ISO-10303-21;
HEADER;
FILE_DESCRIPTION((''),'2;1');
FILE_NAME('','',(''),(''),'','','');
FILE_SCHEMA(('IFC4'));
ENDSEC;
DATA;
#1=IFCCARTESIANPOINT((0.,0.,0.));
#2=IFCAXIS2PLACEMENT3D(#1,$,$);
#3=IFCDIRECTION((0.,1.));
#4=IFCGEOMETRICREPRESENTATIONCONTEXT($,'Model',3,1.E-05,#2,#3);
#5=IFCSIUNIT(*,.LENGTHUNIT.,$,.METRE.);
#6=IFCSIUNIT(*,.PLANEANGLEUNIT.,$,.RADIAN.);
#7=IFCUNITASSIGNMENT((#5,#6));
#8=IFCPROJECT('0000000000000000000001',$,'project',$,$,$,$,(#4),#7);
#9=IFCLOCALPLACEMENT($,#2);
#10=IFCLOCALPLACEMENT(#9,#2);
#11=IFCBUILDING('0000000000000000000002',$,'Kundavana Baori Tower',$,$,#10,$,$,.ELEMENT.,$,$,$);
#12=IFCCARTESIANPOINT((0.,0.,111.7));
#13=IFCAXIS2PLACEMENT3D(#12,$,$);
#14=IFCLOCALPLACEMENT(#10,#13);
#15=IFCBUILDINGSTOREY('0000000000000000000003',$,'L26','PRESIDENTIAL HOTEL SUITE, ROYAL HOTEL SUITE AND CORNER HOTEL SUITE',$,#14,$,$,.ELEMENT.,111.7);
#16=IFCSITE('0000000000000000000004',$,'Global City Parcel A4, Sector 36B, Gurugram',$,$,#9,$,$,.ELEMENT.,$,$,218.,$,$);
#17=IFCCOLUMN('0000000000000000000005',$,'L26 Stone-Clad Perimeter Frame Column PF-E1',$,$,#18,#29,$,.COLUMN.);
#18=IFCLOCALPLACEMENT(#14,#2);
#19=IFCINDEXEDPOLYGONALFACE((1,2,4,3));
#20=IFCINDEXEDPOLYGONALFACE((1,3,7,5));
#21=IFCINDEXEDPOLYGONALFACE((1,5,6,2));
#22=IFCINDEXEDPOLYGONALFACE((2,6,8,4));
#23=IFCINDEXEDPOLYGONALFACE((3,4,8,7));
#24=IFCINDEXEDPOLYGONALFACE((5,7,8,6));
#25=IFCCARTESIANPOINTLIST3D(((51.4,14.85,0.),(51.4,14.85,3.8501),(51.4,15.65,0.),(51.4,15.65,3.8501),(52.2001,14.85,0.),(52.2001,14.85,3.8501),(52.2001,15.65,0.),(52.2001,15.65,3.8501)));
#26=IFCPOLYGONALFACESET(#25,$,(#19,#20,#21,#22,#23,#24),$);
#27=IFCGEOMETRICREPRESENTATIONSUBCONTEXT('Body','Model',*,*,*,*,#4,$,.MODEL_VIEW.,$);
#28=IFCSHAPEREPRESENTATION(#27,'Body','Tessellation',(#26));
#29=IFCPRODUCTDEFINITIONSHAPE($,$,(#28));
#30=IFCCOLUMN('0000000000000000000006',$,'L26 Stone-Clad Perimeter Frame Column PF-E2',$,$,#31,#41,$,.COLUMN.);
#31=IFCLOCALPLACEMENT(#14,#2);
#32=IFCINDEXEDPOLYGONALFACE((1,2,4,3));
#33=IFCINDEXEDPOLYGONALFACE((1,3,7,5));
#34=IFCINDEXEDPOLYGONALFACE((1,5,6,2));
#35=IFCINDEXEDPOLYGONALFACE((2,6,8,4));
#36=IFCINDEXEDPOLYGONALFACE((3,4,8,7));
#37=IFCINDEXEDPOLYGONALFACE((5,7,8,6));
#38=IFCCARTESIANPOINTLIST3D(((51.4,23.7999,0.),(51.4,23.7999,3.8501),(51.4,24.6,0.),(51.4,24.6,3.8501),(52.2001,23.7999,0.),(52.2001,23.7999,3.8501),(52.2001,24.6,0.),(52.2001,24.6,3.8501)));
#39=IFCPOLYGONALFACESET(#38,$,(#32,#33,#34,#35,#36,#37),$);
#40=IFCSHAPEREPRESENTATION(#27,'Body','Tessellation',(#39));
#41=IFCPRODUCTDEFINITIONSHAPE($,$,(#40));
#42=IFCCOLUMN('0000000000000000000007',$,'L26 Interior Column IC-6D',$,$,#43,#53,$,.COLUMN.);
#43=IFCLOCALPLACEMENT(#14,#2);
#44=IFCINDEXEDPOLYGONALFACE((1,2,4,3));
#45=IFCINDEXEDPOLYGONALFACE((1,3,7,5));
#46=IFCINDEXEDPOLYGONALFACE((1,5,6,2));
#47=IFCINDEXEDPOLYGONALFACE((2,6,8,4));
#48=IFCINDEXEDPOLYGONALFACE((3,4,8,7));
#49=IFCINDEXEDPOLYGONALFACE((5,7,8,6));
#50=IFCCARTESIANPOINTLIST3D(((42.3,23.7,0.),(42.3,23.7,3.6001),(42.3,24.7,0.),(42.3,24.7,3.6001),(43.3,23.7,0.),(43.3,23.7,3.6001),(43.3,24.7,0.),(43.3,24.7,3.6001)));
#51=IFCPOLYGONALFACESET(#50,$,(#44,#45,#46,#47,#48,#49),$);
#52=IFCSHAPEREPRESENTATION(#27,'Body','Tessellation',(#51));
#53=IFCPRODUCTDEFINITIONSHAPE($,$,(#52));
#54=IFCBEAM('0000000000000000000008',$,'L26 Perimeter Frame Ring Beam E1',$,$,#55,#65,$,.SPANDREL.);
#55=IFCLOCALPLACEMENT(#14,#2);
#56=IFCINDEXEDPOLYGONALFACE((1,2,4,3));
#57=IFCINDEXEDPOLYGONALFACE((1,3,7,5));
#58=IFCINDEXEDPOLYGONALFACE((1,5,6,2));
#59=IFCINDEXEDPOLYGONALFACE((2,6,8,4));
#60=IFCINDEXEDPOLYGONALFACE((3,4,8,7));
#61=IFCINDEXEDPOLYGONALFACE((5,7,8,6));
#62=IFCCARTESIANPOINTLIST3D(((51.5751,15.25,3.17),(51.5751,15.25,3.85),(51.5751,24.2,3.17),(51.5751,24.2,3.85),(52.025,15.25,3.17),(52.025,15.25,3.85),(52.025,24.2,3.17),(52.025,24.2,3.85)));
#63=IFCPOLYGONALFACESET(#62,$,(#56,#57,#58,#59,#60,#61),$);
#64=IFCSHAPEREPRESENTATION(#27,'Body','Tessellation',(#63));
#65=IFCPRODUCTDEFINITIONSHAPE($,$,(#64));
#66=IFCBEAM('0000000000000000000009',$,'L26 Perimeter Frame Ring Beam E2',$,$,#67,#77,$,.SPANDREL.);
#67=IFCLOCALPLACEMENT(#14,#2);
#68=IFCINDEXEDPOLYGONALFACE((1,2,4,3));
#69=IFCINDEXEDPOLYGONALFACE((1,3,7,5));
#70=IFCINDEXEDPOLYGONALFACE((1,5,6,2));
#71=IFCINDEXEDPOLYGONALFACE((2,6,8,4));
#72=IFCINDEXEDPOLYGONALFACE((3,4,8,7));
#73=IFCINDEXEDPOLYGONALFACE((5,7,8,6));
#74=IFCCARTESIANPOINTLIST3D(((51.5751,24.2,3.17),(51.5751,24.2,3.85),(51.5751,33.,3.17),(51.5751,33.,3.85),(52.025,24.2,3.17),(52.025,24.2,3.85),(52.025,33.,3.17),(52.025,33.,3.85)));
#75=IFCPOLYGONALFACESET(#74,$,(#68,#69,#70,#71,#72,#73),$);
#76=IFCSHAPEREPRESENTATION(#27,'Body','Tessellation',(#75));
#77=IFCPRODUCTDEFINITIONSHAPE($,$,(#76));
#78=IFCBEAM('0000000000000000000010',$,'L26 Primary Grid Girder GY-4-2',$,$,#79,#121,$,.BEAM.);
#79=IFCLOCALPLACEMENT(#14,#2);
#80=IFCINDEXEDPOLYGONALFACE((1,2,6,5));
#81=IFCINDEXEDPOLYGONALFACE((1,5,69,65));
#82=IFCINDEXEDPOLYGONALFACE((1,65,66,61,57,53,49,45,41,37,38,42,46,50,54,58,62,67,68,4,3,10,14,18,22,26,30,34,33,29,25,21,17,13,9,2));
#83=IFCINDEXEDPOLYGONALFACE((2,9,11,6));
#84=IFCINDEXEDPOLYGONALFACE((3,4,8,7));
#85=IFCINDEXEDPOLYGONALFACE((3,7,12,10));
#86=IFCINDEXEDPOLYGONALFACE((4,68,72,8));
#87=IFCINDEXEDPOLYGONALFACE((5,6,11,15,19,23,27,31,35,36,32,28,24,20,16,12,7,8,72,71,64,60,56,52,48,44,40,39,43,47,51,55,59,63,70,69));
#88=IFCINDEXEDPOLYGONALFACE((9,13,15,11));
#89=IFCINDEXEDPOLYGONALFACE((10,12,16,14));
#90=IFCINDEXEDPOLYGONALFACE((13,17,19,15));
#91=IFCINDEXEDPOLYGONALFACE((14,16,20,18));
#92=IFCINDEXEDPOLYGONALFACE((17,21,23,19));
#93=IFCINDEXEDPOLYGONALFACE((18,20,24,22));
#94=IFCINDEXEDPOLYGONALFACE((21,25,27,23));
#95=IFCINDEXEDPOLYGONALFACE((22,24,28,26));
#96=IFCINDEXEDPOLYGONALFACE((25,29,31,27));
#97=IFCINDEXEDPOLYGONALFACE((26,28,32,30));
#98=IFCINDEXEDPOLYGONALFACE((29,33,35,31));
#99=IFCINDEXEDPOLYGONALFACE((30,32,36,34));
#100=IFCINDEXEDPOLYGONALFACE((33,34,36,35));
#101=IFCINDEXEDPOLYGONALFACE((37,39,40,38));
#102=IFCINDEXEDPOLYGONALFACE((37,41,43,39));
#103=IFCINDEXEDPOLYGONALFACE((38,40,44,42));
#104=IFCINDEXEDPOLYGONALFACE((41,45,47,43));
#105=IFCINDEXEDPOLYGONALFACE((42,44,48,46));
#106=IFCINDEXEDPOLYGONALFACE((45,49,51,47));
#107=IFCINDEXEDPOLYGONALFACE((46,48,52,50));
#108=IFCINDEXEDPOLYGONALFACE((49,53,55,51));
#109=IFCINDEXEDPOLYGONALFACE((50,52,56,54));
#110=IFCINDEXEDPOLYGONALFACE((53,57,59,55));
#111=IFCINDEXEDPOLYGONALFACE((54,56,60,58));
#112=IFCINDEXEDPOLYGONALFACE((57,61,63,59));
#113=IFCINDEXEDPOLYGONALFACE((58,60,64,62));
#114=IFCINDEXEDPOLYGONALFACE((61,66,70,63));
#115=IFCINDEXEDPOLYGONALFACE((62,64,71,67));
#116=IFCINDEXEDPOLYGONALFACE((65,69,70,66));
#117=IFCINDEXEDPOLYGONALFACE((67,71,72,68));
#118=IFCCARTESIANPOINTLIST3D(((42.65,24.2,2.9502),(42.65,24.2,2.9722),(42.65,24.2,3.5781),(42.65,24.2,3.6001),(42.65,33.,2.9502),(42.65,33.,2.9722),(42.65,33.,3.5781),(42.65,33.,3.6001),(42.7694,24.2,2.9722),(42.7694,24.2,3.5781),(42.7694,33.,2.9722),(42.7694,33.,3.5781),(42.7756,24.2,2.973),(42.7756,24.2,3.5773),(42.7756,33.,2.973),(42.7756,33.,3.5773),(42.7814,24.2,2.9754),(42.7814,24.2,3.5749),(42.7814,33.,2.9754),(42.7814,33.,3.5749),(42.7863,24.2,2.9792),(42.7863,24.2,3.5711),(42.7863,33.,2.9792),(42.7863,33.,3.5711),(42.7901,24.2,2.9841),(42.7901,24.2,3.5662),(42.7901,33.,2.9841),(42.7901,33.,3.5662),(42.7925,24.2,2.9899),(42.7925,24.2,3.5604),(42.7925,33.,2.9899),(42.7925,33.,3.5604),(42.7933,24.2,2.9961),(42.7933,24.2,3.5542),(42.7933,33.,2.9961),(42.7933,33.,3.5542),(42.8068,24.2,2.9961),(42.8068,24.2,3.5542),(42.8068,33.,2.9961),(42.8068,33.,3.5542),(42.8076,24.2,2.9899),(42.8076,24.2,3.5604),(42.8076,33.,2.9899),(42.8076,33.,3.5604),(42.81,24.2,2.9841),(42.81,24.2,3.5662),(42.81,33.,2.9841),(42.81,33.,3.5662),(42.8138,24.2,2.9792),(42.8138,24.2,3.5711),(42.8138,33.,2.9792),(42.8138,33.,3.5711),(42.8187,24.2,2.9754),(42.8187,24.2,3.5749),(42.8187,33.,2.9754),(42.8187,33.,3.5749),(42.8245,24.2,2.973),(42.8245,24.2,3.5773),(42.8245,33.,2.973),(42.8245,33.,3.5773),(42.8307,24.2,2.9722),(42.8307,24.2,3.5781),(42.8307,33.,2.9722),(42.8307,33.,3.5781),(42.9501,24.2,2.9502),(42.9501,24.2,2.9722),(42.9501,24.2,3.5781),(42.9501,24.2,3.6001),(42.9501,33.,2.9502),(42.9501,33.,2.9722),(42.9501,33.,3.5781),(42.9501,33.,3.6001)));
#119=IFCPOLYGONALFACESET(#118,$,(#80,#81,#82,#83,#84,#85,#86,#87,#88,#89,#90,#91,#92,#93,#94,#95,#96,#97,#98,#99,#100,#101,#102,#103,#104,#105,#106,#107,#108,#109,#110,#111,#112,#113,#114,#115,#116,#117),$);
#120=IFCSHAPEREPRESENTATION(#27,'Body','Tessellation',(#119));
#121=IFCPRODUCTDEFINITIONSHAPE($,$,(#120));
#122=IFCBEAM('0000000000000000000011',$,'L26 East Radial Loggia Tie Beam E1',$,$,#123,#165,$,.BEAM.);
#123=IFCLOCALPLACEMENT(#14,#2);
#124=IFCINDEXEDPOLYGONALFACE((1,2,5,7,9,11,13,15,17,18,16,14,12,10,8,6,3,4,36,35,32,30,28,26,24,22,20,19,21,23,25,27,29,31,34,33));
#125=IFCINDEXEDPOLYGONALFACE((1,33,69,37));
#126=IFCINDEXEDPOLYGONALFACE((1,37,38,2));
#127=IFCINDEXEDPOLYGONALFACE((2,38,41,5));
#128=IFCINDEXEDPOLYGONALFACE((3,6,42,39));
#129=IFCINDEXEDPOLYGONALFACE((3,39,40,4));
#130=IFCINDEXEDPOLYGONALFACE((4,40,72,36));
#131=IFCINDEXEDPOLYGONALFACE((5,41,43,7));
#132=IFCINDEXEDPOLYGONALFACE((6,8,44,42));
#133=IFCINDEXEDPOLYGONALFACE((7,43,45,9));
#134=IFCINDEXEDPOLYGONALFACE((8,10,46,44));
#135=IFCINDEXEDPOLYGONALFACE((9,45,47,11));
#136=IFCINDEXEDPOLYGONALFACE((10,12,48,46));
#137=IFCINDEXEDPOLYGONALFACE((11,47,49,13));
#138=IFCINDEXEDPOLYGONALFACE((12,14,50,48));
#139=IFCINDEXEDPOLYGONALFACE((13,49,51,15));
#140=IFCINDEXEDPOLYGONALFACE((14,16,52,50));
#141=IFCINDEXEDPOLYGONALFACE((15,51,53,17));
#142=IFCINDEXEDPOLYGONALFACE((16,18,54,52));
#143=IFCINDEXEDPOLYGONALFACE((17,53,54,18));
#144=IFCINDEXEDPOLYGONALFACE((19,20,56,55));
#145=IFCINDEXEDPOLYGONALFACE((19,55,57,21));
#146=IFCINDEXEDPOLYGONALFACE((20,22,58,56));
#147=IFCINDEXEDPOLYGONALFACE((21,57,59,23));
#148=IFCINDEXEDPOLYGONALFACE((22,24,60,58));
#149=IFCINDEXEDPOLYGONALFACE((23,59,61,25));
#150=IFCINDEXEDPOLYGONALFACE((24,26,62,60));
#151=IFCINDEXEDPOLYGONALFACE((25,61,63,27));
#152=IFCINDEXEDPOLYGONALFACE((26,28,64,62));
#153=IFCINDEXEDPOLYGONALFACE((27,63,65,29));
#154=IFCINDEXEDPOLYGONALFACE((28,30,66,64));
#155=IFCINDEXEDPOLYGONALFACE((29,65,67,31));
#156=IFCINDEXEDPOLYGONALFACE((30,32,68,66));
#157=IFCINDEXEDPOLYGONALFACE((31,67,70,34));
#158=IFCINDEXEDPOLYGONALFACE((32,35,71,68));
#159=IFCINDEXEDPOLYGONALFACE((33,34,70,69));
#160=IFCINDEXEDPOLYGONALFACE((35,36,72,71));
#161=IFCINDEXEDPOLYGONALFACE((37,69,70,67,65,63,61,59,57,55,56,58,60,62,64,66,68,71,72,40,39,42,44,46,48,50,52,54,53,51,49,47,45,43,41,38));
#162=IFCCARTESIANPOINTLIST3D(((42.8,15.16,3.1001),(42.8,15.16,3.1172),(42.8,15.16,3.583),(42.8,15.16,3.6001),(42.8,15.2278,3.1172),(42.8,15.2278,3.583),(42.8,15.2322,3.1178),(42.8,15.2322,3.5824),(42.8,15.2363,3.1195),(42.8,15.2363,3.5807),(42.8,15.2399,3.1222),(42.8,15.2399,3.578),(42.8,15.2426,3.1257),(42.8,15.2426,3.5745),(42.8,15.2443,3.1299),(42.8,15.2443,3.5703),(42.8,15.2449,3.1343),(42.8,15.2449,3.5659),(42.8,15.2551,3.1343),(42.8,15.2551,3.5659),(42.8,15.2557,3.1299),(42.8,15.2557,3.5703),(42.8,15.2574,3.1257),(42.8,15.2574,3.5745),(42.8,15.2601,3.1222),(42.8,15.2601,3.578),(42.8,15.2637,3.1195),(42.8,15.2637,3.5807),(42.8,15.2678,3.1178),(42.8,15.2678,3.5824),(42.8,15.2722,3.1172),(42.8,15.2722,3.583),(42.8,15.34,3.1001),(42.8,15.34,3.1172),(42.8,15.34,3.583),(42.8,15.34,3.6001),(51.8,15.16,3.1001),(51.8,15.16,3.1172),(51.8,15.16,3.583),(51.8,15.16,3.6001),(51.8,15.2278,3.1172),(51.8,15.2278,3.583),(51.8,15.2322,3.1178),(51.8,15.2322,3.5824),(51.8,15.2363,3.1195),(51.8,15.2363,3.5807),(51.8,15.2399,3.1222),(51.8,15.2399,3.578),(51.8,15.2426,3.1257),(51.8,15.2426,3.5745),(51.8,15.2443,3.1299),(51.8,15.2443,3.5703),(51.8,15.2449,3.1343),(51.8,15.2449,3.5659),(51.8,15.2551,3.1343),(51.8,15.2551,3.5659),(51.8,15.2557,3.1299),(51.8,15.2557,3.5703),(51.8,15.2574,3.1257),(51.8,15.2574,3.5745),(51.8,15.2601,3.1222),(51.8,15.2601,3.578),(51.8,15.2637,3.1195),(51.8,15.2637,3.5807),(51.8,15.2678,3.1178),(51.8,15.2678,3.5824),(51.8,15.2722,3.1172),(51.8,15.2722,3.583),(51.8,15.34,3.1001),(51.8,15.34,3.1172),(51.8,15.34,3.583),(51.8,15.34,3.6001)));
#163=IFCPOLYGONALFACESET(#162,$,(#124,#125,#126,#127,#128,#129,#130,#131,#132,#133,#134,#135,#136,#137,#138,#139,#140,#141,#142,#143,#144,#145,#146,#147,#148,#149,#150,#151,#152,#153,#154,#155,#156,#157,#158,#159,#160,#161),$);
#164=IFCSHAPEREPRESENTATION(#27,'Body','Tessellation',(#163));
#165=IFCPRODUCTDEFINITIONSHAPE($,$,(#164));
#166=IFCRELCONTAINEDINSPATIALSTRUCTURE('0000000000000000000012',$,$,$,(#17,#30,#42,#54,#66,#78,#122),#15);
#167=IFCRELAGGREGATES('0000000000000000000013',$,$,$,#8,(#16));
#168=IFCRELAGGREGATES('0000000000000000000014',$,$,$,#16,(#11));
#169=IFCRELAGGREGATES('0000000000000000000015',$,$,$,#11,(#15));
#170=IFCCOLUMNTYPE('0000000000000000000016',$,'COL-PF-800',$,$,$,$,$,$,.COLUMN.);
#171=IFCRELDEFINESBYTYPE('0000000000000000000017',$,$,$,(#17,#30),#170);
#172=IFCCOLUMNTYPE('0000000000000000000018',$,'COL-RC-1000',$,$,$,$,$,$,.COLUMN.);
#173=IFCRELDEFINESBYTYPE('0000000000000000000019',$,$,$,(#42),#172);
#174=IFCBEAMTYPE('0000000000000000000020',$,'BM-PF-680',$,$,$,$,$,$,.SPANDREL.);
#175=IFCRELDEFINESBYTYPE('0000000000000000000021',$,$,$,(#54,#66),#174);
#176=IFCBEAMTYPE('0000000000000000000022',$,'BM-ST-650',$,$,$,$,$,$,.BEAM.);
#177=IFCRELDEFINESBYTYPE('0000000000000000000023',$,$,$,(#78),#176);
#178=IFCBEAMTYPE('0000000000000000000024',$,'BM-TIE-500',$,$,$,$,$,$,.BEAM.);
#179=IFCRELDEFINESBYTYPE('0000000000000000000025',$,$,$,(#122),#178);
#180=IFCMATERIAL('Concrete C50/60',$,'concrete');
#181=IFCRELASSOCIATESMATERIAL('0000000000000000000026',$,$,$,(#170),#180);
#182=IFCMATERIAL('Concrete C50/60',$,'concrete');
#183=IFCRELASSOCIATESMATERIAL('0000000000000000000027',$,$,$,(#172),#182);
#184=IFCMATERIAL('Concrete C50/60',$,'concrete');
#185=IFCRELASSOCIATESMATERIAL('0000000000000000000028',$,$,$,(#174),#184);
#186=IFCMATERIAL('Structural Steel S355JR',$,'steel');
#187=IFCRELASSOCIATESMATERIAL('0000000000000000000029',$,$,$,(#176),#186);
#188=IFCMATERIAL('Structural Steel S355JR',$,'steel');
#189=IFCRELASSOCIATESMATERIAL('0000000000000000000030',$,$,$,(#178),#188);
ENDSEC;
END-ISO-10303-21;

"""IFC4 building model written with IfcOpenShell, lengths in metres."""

from ifc_helpers import new_model, si_unit, direction, frame, origin, origin_2d, place, context, subcontext, project, spatial, rectangle, i_section, extrude, material, material_profile, profile_set, type_object, element, save


model = new_model("IFC4")

# Units and contexts
model_context = context("Model", 3, precision=1e-05, world=origin(), true_north=direction((0.0, 1.0)))
body_context = subcontext(model_context, "Body", "Model", "MODEL_VIEW")
ifc_project = project(units=[si_unit("LENGTHUNIT", "METRE"), si_unit("PLANEANGLEUNIT", "RADIAN")], contexts=[model_context])

# Site, building, storey
site_placement = place(None, origin())
site = spatial("IfcSite", under=ifc_project, at=site_placement, Name="Global City Parcel A4, Sector 36B, Gurugram", CompositionType="ELEMENT", RefElevation=218.0)
building_placement = place(site_placement, origin())
building = spatial("IfcBuilding", under=site, at=building_placement, Name="Kundavana Baori Tower", CompositionType="ELEMENT")
storey_placement = place(building_placement, frame((0.0, 0.0, 111.7)))
storey = spatial("IfcBuildingStorey", under=building, at=storey_placement, Name="L26", Description="PRESIDENTIAL HOTEL SUITE, ROYAL HOTEL SUITE AND CORNER HOTEL SUITE", CompositionType="ELEMENT", Elevation=111.7)

# Columns
ifc_material_1 = material(Name="Concrete C50/60", Category="concrete")
ifc_material_profile_1 = material_profile(ifc_material_1, rectangle(XDim=0.8, YDim=0.8, at=origin_2d()), Name="RC PF 800x800")
ifc_profile_set_1 = profile_set([ifc_material_profile_1], Name="Concrete C50/60")
column_type_1 = type_object("IfcColumnType", Name="COL-PF-800", PredefinedType="COLUMN", material=ifc_profile_set_1)
for number, where, z_axis, x_axis, name in (
    (1, (51.8, 15.25, 0.0), (0.0, 0.0, 1.0), (1.0, 0.0, 0.0), "L26 Stone-Clad Perimeter Frame Column PF-E1"),
    (2, (51.8, 24.2, 0.0), (0.0, 0.0, 1.0), (1.0, 0.0, 0.0), "L26 Stone-Clad Perimeter Frame Column PF-E2"),
):
    element("IfcColumn", number, at=place(storey_placement, frame(where, z_axis=z_axis, x_axis=x_axis)), inside=storey, type_object=column_type_1, Name=name, PredefinedType="COLUMN", context=body_context, shape_type="SweptSolid", body=[
        extrude(rectangle(XDim=0.8, YDim=0.8, at=origin_2d()), origin(), (0.0, 0.0, 1.0), 3.8501),
    ])
ifc_material_2 = material(Name="Concrete C50/60", Category="concrete")
ifc_material_profile_2 = material_profile(ifc_material_2, rectangle(XDim=1.0, YDim=1.0, at=origin_2d()), Name="RC 1000x1000")
ifc_profile_set_2 = profile_set([ifc_material_profile_2], Name="Concrete C50/60")
column_type_2 = type_object("IfcColumnType", Name="COL-RC-1000", PredefinedType="COLUMN", material=ifc_profile_set_2)
column_placement = place(storey_placement, frame((42.8, 24.2, 0.0), z_axis=(0.0, 0.0, 1.0), x_axis=(1.0, 0.0, 0.0)))
element("IfcColumn", 3, at=column_placement, inside=storey, type_object=column_type_2, Name="L26 Interior Column IC-6D", PredefinedType="COLUMN", context=body_context, shape_type="SweptSolid", body=[
    extrude(rectangle(XDim=1.0, YDim=1.0, at=origin_2d()), origin(), (0.0, 0.0, 1.0), 3.6001),
])

# Beams
ifc_material_3 = material(Name="Concrete C50/60", Category="concrete")
ifc_material_profile_3 = material_profile(ifc_material_3, rectangle(XDim=0.45, YDim=0.6799, at=origin_2d()), Name="RC BM 450x680")
ifc_profile_set_3 = profile_set([ifc_material_profile_3], Name="Concrete C50/60")
beam_type_1 = type_object("IfcBeamType", Name="BM-PF-680", PredefinedType="SPANDREL", material=ifc_profile_set_3)
beam_1_placement = place(storey_placement, frame((51.8, 15.25, 3.51), z_axis=(0.0, 1.0, 0.0), x_axis=(-1.0, 0.0, 0.0)))
element("IfcBeam", 4, at=beam_1_placement, inside=storey, type_object=beam_type_1, Name="L26 Perimeter Frame Ring Beam E1", PredefinedType="SPANDREL", context=body_context, shape_type="SweptSolid", body=[
    extrude(rectangle(XDim=0.45, YDim=0.6799, at=origin_2d()), origin(), (0.0, 0.0, 1.0), 8.95),
])
beam_2_placement = place(storey_placement, frame((51.8, 24.2, 3.51), z_axis=(0.0, 1.0, 0.0), x_axis=(-1.0, 0.0, 0.0)))
element("IfcBeam", 5, at=beam_2_placement, inside=storey, type_object=beam_type_1, Name="L26 Perimeter Frame Ring Beam E2", PredefinedType="SPANDREL", context=body_context, shape_type="SweptSolid", body=[
    extrude(rectangle(XDim=0.45, YDim=0.6799, at=origin_2d()), origin(), (0.0, 0.0, 1.0), 8.8),
])
ifc_material_4 = material(Name="Structural Steel S355JR", Category="steel")
ifc_material_profile_4 = material_profile(ifc_material_4, i_section(OverallWidth=0.3, OverallDepth=0.6499, WebThickness=0.0134, FlangeThickness=0.022, FilletRadius=0.0239, at=origin_2d()), Name="NPB 650x300x155")
ifc_profile_set_4 = profile_set([ifc_material_profile_4], Name="Structural Steel S355JR")
beam_type_2 = type_object("IfcBeamType", Name="BM-ST-650", PredefinedType="BEAM", material=ifc_profile_set_4)
beam_3_placement = place(storey_placement, frame((42.8, 24.2, 3.2751), z_axis=(0.0, 1.0, 0.0), x_axis=(-1.0, 0.0, 0.0)))
element("IfcBeam", 6, at=beam_3_placement, inside=storey, type_object=beam_type_2, Name="L26 Primary Grid Girder GY-4-2", PredefinedType="BEAM", context=body_context, shape_type="SweptSolid", body=[
    extrude(i_section(OverallWidth=0.3, OverallDepth=0.6499, WebThickness=0.0134, FlangeThickness=0.022, FilletRadius=0.0239, at=origin_2d()), origin(), (0.0, 0.0, 1.0), 8.8),
])
ifc_material_5 = material(Name="Structural Steel S355JR", Category="steel")
ifc_material_profile_5 = material_profile(ifc_material_5, i_section(OverallWidth=0.1799, OverallDepth=0.5, WebThickness=0.0103, FlangeThickness=0.0171, FilletRadius=0.0171, at=origin_2d()), Name="ISMB 500")
ifc_profile_set_5 = profile_set([ifc_material_profile_5], Name="Structural Steel S355JR")
beam_type_3 = type_object("IfcBeamType", Name="BM-TIE-500", PredefinedType="BEAM", material=ifc_profile_set_5)
for number, where, z_axis, x_axis, name in (
    (7, (42.8, 15.25, 3.3501), (1.0, 0.0, 0.0), (0.0, 1.0, 0.0), "L26 East Radial Loggia Tie Beam E1"),
):
    element("IfcBeam", number, at=place(storey_placement, frame(where, z_axis=z_axis, x_axis=x_axis)), inside=storey, type_object=beam_type_3, Name=name, PredefinedType="BEAM", context=body_context, shape_type="SweptSolid", body=[
        extrude(i_section(OverallWidth=0.1799, OverallDepth=0.5, WebThickness=0.0103, FlangeThickness=0.0171, FilletRadius=0.0171, at=origin_2d()), origin(), (0.0, 0.0, 1.0), 9.0),
    ])

save(model, "model.ifc")
